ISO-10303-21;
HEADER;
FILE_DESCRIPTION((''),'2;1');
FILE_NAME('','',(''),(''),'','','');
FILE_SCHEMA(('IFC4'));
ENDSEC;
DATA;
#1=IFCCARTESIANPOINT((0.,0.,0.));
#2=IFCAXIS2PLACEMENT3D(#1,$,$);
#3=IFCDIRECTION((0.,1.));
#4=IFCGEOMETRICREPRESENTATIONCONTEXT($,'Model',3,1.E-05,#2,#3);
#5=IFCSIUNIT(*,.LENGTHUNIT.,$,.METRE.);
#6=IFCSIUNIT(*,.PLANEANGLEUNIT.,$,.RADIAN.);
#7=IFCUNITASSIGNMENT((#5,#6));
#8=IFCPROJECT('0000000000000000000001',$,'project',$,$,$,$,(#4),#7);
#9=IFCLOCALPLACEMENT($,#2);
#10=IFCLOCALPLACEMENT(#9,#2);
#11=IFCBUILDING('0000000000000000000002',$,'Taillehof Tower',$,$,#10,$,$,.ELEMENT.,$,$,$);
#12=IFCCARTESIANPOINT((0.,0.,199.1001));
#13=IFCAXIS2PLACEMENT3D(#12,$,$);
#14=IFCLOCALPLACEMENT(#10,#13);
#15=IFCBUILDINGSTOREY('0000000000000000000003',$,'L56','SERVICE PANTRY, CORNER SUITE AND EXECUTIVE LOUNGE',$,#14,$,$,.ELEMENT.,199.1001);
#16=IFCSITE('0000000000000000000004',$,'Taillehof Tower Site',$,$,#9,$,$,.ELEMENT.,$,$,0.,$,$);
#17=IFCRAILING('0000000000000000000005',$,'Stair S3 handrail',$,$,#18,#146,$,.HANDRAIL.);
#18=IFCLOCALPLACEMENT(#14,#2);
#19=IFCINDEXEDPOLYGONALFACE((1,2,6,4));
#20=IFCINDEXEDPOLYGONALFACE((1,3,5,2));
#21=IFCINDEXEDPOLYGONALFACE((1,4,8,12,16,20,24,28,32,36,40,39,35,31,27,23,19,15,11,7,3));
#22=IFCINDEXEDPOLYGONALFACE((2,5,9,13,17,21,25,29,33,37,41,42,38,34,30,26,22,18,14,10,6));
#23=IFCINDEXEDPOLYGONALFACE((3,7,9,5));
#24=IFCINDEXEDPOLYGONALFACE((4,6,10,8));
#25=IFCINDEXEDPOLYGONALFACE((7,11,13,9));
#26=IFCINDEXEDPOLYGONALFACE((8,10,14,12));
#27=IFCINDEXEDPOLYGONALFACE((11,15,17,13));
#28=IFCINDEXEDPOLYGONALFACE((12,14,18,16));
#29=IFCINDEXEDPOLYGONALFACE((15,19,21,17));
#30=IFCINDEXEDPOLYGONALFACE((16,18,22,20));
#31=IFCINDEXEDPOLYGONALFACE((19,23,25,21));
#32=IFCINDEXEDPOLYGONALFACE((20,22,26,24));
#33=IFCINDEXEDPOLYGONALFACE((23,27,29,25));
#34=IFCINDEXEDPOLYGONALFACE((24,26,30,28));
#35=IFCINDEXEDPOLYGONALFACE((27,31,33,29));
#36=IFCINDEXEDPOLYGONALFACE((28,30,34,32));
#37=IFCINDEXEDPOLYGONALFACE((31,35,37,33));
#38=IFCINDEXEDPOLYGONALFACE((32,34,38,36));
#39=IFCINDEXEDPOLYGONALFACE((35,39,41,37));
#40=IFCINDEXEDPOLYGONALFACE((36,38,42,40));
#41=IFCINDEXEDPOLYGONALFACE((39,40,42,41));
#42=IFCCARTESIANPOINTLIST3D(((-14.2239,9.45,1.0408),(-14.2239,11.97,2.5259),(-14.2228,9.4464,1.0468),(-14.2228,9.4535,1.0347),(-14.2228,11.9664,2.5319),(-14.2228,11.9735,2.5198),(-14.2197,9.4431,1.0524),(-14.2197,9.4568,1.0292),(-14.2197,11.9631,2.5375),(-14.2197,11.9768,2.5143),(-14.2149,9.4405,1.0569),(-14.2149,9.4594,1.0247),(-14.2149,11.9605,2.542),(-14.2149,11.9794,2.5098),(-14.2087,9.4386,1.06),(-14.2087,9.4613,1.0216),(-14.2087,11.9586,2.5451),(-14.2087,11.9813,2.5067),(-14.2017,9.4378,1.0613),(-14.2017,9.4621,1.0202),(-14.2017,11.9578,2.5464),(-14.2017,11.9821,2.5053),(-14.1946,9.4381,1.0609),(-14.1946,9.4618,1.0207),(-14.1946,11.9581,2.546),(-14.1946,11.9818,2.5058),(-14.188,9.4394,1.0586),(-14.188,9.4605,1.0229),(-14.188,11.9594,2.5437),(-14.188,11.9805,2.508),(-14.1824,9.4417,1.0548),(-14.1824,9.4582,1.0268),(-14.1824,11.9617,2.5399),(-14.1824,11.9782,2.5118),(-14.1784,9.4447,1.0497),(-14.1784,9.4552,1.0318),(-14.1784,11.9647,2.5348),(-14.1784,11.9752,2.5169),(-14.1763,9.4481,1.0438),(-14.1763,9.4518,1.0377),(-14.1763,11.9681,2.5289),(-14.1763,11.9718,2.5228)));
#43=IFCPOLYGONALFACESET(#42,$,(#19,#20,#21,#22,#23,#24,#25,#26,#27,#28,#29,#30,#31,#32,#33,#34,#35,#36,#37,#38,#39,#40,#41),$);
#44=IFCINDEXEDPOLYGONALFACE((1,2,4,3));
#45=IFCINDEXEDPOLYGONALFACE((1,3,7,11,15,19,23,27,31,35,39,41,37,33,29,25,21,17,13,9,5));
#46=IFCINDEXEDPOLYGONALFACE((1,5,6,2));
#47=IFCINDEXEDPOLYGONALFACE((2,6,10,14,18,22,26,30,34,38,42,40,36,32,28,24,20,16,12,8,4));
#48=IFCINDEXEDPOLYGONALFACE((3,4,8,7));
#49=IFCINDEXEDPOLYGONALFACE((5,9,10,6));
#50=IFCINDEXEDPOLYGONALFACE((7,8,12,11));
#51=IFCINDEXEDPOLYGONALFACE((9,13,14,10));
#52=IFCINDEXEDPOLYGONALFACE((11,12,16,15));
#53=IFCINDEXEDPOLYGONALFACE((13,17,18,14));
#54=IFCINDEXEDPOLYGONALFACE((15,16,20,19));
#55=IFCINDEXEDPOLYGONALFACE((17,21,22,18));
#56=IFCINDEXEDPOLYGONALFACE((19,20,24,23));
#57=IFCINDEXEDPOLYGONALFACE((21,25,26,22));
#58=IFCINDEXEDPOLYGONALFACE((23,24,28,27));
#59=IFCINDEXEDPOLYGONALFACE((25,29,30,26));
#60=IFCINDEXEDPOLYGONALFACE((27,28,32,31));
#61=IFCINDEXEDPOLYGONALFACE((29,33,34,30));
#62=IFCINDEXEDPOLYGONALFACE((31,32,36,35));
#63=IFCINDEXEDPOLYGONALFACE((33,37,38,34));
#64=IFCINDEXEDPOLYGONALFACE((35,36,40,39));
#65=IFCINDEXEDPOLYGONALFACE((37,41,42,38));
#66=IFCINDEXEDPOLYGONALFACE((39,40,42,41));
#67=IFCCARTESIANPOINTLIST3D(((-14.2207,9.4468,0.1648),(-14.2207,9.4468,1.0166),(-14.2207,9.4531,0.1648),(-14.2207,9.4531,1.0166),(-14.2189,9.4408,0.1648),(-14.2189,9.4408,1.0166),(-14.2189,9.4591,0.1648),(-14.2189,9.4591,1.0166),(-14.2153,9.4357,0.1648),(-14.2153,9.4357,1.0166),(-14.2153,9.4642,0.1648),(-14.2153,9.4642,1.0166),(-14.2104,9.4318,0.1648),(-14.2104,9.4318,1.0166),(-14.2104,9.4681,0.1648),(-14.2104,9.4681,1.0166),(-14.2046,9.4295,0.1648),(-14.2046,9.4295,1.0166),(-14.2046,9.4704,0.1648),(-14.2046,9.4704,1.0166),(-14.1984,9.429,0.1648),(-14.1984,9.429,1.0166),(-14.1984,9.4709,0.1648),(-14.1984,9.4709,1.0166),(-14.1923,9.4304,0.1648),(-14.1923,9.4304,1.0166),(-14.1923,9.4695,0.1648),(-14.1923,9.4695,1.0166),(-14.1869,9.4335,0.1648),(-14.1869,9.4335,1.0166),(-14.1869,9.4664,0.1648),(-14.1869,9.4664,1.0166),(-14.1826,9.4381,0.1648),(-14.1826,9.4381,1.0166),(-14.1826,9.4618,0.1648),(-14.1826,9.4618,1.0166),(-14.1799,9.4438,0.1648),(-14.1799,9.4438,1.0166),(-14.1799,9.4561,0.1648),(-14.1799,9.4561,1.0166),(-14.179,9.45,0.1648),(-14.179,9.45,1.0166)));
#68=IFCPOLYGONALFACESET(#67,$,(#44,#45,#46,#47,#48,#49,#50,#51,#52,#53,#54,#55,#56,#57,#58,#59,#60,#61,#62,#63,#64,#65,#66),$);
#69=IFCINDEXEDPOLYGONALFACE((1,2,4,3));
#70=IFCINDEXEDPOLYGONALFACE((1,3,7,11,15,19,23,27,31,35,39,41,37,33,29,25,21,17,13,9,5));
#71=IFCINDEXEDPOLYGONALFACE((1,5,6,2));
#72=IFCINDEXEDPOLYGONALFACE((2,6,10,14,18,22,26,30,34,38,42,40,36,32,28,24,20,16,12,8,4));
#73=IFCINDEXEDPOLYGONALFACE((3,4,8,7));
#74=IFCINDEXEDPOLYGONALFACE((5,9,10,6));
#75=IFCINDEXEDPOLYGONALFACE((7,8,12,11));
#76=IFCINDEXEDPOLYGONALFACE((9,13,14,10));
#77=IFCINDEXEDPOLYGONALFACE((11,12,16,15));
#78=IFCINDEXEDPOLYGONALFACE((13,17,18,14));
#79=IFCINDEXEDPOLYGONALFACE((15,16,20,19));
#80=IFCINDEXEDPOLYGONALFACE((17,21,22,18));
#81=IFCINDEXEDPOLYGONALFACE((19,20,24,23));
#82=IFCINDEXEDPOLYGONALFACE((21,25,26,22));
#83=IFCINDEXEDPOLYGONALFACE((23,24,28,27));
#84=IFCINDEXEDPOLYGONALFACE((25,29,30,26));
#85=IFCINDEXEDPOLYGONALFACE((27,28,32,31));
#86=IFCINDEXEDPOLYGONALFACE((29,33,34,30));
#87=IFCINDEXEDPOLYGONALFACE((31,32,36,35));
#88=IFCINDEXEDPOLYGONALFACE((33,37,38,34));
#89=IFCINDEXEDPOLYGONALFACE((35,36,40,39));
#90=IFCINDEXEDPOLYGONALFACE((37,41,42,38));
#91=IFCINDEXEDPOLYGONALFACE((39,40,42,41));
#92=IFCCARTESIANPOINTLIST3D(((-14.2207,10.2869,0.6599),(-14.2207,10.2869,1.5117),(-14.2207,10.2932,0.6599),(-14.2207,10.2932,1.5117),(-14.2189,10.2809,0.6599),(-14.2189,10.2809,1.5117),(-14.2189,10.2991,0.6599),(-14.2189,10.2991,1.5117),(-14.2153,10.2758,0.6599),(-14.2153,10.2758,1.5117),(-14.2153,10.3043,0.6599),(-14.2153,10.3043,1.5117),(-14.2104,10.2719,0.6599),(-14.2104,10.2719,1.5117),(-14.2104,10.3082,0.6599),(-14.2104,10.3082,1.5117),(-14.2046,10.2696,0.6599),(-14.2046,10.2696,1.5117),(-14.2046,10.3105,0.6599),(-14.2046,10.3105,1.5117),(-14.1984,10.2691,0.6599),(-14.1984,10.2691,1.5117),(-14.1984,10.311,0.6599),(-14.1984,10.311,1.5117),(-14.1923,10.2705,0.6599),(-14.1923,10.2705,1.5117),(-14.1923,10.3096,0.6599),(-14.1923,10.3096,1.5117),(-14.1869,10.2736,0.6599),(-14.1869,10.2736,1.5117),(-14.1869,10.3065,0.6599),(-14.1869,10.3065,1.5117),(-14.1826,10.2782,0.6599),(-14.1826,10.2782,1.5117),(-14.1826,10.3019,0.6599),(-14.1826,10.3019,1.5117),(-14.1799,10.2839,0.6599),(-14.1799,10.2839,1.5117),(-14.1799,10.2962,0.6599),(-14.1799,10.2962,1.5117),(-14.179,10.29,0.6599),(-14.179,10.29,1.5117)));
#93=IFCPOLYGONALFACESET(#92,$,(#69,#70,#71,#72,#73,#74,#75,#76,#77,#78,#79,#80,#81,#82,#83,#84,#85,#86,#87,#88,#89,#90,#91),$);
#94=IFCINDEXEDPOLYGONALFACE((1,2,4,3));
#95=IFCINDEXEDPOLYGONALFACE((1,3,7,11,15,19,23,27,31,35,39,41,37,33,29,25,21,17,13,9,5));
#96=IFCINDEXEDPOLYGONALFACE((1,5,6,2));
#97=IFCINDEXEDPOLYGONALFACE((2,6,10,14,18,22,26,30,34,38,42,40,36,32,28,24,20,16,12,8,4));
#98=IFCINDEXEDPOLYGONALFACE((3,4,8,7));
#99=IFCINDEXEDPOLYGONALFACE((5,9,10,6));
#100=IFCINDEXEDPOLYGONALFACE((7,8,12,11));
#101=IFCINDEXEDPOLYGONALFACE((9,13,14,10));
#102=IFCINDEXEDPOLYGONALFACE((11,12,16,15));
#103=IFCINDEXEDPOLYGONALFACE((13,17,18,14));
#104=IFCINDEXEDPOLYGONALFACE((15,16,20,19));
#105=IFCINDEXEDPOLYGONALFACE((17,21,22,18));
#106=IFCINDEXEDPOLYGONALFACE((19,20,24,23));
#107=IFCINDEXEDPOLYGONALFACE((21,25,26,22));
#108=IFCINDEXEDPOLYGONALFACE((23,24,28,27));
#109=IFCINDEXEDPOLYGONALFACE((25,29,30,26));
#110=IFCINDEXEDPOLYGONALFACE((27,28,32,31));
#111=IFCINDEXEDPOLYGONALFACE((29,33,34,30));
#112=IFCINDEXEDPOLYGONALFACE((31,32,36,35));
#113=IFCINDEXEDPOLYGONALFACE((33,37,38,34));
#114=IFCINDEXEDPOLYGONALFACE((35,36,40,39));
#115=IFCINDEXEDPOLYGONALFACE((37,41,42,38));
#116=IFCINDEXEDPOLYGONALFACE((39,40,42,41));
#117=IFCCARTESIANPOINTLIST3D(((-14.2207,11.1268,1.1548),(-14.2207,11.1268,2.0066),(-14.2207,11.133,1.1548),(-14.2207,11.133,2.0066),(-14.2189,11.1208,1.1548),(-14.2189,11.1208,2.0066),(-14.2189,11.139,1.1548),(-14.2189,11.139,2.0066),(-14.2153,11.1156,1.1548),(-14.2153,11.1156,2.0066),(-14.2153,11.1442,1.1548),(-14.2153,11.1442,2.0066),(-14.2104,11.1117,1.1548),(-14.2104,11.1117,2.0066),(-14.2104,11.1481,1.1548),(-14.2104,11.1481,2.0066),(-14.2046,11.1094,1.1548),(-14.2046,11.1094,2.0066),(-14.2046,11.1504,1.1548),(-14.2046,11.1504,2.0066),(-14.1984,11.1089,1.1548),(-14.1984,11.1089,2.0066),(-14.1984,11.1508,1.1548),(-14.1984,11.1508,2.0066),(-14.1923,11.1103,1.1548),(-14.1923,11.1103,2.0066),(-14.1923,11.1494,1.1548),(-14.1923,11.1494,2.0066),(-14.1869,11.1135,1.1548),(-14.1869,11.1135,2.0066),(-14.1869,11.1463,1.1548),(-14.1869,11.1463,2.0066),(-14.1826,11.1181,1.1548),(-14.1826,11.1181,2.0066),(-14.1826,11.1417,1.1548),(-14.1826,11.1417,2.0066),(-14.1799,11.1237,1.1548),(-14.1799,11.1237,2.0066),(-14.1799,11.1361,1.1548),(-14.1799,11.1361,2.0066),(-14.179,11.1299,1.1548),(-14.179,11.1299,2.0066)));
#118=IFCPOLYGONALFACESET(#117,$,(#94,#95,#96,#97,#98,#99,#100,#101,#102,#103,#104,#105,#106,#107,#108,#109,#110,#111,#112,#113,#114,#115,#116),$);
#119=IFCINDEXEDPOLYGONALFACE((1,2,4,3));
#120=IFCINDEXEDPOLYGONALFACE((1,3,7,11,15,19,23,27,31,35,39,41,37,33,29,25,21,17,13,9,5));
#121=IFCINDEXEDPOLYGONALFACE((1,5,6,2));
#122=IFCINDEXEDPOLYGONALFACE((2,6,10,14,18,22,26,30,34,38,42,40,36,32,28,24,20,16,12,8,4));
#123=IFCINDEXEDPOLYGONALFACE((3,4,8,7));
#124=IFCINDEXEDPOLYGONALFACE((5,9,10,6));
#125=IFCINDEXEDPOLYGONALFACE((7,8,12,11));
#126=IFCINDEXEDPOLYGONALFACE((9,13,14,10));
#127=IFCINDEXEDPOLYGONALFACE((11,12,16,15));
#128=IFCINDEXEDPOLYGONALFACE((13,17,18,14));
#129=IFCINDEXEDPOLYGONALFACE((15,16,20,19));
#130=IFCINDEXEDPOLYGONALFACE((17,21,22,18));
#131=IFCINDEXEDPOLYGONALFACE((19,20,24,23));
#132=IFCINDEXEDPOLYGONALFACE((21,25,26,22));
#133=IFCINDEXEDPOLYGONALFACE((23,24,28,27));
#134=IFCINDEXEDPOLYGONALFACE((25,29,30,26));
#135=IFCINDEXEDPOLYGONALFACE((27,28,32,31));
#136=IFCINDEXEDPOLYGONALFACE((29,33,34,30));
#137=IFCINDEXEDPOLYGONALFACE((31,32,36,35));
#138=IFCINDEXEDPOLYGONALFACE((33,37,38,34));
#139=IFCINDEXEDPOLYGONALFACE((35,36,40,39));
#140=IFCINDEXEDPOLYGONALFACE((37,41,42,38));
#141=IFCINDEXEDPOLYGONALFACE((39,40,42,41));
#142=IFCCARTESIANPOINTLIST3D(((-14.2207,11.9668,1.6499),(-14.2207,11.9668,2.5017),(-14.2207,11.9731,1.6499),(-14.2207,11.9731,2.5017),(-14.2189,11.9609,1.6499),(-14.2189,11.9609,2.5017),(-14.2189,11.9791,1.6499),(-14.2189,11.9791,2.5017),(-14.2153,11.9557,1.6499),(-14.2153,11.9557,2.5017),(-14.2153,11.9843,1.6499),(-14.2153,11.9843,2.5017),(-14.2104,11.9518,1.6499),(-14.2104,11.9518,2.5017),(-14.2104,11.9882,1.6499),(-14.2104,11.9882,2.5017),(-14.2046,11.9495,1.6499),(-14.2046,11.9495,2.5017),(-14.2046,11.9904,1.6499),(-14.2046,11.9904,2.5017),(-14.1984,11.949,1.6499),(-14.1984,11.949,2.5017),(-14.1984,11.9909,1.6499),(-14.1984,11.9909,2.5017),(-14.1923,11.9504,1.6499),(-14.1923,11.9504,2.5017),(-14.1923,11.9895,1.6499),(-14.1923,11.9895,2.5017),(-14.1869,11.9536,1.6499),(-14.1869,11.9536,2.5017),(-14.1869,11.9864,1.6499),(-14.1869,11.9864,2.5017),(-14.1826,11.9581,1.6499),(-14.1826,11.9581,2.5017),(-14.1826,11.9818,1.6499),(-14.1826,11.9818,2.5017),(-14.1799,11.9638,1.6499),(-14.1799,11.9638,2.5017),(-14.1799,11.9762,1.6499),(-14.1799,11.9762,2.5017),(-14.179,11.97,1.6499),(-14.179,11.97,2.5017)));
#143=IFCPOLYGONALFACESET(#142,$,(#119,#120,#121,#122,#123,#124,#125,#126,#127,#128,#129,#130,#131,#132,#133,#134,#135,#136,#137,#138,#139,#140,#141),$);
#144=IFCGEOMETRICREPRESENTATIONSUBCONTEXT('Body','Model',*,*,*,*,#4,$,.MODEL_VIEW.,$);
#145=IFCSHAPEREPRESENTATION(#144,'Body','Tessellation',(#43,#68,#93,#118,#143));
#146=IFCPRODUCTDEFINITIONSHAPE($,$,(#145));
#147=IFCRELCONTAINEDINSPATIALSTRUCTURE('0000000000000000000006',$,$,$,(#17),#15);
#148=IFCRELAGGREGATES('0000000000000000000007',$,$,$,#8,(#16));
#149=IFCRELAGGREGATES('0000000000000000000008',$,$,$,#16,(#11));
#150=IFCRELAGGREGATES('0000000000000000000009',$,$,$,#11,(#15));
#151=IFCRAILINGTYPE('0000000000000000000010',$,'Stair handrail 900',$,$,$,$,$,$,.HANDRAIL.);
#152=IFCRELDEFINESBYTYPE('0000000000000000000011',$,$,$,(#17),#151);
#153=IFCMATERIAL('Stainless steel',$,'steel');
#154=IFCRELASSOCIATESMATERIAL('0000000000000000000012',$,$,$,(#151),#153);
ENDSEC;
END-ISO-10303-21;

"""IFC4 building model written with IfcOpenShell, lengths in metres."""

from ifc_helpers import new_model, si_unit, direction, frame, origin, origin_2d, place, context, subcontext, project, spatial, circle, extrude, material, type_object, element, save


model = new_model("IFC4")

# Units and contexts
model_context = context("Model", 3, precision=1e-05, world=origin(), true_north=direction((0.0, 1.0)))
body_context = subcontext(model_context, "Body", "Model", "MODEL_VIEW")
ifc_project = project(units=[si_unit("LENGTHUNIT", "METRE"), si_unit("PLANEANGLEUNIT", "RADIAN")], contexts=[model_context])

# Site, building, storey
site_placement = place(None, origin())
site = spatial("IfcSite", under=ifc_project, at=site_placement, Name="Taillehof Tower Site", CompositionType="ELEMENT", RefElevation=0.0)
building_placement = place(site_placement, origin())
building = spatial("IfcBuilding", under=site, at=building_placement, Name="Taillehof Tower", CompositionType="ELEMENT")
storey_placement = place(building_placement, frame((0.0, 0.0, 199.1001)))
storey = spatial("IfcBuildingStorey", under=building, at=storey_placement, Name="L56", Description="SERVICE PANTRY, CORNER SUITE AND EXECUTIVE LOUNGE", CompositionType="ELEMENT", Elevation=199.1001)

# Railing
ifc_material_1 = material(Name="Stainless steel", Category="steel")
railing_type_1 = type_object("IfcRailingType", Name="Stair handrail 900", PredefinedType="HANDRAIL", material=ifc_material_1)
railing_1_placement = place(storey_placement, frame((-14.2, 9.45, 0.1648)))
element("IfcRailing", 1, at=railing_1_placement, inside=storey, type_object=railing_type_1, Name="Stair S3 handrail", PredefinedType="HANDRAIL", context=body_context, shape_type="SweptSolid", body=[
    extrude(circle(Radius=0.0239, at=origin_2d()), frame((0.0, 0.0, 0.876), z_axis=(0.0, 0.861524, 0.507717), x_axis=(-1.0, 0.0, 0.0)), (0.0, 0.0, 1.0), 2.925),
    extrude(circle(Radius=0.021, at=origin_2d()), origin(), (0.0, 0.0, 1.0), 0.8518),
    extrude(circle(Radius=0.021, at=origin_2d()), frame((0.0, 0.8401, 0.4951)), (0.0, 0.0, 1.0), 0.8518),
    extrude(circle(Radius=0.021, at=origin_2d()), frame((0.0, 1.6799, 0.99)), (0.0, 0.0, 1.0), 0.8518),
    extrude(circle(Radius=0.021, at=origin_2d()), frame((0.0, 2.52, 1.4851)), (0.0, 0.0, 1.0), 0.8518),
])

save(model, "model.ifc")
